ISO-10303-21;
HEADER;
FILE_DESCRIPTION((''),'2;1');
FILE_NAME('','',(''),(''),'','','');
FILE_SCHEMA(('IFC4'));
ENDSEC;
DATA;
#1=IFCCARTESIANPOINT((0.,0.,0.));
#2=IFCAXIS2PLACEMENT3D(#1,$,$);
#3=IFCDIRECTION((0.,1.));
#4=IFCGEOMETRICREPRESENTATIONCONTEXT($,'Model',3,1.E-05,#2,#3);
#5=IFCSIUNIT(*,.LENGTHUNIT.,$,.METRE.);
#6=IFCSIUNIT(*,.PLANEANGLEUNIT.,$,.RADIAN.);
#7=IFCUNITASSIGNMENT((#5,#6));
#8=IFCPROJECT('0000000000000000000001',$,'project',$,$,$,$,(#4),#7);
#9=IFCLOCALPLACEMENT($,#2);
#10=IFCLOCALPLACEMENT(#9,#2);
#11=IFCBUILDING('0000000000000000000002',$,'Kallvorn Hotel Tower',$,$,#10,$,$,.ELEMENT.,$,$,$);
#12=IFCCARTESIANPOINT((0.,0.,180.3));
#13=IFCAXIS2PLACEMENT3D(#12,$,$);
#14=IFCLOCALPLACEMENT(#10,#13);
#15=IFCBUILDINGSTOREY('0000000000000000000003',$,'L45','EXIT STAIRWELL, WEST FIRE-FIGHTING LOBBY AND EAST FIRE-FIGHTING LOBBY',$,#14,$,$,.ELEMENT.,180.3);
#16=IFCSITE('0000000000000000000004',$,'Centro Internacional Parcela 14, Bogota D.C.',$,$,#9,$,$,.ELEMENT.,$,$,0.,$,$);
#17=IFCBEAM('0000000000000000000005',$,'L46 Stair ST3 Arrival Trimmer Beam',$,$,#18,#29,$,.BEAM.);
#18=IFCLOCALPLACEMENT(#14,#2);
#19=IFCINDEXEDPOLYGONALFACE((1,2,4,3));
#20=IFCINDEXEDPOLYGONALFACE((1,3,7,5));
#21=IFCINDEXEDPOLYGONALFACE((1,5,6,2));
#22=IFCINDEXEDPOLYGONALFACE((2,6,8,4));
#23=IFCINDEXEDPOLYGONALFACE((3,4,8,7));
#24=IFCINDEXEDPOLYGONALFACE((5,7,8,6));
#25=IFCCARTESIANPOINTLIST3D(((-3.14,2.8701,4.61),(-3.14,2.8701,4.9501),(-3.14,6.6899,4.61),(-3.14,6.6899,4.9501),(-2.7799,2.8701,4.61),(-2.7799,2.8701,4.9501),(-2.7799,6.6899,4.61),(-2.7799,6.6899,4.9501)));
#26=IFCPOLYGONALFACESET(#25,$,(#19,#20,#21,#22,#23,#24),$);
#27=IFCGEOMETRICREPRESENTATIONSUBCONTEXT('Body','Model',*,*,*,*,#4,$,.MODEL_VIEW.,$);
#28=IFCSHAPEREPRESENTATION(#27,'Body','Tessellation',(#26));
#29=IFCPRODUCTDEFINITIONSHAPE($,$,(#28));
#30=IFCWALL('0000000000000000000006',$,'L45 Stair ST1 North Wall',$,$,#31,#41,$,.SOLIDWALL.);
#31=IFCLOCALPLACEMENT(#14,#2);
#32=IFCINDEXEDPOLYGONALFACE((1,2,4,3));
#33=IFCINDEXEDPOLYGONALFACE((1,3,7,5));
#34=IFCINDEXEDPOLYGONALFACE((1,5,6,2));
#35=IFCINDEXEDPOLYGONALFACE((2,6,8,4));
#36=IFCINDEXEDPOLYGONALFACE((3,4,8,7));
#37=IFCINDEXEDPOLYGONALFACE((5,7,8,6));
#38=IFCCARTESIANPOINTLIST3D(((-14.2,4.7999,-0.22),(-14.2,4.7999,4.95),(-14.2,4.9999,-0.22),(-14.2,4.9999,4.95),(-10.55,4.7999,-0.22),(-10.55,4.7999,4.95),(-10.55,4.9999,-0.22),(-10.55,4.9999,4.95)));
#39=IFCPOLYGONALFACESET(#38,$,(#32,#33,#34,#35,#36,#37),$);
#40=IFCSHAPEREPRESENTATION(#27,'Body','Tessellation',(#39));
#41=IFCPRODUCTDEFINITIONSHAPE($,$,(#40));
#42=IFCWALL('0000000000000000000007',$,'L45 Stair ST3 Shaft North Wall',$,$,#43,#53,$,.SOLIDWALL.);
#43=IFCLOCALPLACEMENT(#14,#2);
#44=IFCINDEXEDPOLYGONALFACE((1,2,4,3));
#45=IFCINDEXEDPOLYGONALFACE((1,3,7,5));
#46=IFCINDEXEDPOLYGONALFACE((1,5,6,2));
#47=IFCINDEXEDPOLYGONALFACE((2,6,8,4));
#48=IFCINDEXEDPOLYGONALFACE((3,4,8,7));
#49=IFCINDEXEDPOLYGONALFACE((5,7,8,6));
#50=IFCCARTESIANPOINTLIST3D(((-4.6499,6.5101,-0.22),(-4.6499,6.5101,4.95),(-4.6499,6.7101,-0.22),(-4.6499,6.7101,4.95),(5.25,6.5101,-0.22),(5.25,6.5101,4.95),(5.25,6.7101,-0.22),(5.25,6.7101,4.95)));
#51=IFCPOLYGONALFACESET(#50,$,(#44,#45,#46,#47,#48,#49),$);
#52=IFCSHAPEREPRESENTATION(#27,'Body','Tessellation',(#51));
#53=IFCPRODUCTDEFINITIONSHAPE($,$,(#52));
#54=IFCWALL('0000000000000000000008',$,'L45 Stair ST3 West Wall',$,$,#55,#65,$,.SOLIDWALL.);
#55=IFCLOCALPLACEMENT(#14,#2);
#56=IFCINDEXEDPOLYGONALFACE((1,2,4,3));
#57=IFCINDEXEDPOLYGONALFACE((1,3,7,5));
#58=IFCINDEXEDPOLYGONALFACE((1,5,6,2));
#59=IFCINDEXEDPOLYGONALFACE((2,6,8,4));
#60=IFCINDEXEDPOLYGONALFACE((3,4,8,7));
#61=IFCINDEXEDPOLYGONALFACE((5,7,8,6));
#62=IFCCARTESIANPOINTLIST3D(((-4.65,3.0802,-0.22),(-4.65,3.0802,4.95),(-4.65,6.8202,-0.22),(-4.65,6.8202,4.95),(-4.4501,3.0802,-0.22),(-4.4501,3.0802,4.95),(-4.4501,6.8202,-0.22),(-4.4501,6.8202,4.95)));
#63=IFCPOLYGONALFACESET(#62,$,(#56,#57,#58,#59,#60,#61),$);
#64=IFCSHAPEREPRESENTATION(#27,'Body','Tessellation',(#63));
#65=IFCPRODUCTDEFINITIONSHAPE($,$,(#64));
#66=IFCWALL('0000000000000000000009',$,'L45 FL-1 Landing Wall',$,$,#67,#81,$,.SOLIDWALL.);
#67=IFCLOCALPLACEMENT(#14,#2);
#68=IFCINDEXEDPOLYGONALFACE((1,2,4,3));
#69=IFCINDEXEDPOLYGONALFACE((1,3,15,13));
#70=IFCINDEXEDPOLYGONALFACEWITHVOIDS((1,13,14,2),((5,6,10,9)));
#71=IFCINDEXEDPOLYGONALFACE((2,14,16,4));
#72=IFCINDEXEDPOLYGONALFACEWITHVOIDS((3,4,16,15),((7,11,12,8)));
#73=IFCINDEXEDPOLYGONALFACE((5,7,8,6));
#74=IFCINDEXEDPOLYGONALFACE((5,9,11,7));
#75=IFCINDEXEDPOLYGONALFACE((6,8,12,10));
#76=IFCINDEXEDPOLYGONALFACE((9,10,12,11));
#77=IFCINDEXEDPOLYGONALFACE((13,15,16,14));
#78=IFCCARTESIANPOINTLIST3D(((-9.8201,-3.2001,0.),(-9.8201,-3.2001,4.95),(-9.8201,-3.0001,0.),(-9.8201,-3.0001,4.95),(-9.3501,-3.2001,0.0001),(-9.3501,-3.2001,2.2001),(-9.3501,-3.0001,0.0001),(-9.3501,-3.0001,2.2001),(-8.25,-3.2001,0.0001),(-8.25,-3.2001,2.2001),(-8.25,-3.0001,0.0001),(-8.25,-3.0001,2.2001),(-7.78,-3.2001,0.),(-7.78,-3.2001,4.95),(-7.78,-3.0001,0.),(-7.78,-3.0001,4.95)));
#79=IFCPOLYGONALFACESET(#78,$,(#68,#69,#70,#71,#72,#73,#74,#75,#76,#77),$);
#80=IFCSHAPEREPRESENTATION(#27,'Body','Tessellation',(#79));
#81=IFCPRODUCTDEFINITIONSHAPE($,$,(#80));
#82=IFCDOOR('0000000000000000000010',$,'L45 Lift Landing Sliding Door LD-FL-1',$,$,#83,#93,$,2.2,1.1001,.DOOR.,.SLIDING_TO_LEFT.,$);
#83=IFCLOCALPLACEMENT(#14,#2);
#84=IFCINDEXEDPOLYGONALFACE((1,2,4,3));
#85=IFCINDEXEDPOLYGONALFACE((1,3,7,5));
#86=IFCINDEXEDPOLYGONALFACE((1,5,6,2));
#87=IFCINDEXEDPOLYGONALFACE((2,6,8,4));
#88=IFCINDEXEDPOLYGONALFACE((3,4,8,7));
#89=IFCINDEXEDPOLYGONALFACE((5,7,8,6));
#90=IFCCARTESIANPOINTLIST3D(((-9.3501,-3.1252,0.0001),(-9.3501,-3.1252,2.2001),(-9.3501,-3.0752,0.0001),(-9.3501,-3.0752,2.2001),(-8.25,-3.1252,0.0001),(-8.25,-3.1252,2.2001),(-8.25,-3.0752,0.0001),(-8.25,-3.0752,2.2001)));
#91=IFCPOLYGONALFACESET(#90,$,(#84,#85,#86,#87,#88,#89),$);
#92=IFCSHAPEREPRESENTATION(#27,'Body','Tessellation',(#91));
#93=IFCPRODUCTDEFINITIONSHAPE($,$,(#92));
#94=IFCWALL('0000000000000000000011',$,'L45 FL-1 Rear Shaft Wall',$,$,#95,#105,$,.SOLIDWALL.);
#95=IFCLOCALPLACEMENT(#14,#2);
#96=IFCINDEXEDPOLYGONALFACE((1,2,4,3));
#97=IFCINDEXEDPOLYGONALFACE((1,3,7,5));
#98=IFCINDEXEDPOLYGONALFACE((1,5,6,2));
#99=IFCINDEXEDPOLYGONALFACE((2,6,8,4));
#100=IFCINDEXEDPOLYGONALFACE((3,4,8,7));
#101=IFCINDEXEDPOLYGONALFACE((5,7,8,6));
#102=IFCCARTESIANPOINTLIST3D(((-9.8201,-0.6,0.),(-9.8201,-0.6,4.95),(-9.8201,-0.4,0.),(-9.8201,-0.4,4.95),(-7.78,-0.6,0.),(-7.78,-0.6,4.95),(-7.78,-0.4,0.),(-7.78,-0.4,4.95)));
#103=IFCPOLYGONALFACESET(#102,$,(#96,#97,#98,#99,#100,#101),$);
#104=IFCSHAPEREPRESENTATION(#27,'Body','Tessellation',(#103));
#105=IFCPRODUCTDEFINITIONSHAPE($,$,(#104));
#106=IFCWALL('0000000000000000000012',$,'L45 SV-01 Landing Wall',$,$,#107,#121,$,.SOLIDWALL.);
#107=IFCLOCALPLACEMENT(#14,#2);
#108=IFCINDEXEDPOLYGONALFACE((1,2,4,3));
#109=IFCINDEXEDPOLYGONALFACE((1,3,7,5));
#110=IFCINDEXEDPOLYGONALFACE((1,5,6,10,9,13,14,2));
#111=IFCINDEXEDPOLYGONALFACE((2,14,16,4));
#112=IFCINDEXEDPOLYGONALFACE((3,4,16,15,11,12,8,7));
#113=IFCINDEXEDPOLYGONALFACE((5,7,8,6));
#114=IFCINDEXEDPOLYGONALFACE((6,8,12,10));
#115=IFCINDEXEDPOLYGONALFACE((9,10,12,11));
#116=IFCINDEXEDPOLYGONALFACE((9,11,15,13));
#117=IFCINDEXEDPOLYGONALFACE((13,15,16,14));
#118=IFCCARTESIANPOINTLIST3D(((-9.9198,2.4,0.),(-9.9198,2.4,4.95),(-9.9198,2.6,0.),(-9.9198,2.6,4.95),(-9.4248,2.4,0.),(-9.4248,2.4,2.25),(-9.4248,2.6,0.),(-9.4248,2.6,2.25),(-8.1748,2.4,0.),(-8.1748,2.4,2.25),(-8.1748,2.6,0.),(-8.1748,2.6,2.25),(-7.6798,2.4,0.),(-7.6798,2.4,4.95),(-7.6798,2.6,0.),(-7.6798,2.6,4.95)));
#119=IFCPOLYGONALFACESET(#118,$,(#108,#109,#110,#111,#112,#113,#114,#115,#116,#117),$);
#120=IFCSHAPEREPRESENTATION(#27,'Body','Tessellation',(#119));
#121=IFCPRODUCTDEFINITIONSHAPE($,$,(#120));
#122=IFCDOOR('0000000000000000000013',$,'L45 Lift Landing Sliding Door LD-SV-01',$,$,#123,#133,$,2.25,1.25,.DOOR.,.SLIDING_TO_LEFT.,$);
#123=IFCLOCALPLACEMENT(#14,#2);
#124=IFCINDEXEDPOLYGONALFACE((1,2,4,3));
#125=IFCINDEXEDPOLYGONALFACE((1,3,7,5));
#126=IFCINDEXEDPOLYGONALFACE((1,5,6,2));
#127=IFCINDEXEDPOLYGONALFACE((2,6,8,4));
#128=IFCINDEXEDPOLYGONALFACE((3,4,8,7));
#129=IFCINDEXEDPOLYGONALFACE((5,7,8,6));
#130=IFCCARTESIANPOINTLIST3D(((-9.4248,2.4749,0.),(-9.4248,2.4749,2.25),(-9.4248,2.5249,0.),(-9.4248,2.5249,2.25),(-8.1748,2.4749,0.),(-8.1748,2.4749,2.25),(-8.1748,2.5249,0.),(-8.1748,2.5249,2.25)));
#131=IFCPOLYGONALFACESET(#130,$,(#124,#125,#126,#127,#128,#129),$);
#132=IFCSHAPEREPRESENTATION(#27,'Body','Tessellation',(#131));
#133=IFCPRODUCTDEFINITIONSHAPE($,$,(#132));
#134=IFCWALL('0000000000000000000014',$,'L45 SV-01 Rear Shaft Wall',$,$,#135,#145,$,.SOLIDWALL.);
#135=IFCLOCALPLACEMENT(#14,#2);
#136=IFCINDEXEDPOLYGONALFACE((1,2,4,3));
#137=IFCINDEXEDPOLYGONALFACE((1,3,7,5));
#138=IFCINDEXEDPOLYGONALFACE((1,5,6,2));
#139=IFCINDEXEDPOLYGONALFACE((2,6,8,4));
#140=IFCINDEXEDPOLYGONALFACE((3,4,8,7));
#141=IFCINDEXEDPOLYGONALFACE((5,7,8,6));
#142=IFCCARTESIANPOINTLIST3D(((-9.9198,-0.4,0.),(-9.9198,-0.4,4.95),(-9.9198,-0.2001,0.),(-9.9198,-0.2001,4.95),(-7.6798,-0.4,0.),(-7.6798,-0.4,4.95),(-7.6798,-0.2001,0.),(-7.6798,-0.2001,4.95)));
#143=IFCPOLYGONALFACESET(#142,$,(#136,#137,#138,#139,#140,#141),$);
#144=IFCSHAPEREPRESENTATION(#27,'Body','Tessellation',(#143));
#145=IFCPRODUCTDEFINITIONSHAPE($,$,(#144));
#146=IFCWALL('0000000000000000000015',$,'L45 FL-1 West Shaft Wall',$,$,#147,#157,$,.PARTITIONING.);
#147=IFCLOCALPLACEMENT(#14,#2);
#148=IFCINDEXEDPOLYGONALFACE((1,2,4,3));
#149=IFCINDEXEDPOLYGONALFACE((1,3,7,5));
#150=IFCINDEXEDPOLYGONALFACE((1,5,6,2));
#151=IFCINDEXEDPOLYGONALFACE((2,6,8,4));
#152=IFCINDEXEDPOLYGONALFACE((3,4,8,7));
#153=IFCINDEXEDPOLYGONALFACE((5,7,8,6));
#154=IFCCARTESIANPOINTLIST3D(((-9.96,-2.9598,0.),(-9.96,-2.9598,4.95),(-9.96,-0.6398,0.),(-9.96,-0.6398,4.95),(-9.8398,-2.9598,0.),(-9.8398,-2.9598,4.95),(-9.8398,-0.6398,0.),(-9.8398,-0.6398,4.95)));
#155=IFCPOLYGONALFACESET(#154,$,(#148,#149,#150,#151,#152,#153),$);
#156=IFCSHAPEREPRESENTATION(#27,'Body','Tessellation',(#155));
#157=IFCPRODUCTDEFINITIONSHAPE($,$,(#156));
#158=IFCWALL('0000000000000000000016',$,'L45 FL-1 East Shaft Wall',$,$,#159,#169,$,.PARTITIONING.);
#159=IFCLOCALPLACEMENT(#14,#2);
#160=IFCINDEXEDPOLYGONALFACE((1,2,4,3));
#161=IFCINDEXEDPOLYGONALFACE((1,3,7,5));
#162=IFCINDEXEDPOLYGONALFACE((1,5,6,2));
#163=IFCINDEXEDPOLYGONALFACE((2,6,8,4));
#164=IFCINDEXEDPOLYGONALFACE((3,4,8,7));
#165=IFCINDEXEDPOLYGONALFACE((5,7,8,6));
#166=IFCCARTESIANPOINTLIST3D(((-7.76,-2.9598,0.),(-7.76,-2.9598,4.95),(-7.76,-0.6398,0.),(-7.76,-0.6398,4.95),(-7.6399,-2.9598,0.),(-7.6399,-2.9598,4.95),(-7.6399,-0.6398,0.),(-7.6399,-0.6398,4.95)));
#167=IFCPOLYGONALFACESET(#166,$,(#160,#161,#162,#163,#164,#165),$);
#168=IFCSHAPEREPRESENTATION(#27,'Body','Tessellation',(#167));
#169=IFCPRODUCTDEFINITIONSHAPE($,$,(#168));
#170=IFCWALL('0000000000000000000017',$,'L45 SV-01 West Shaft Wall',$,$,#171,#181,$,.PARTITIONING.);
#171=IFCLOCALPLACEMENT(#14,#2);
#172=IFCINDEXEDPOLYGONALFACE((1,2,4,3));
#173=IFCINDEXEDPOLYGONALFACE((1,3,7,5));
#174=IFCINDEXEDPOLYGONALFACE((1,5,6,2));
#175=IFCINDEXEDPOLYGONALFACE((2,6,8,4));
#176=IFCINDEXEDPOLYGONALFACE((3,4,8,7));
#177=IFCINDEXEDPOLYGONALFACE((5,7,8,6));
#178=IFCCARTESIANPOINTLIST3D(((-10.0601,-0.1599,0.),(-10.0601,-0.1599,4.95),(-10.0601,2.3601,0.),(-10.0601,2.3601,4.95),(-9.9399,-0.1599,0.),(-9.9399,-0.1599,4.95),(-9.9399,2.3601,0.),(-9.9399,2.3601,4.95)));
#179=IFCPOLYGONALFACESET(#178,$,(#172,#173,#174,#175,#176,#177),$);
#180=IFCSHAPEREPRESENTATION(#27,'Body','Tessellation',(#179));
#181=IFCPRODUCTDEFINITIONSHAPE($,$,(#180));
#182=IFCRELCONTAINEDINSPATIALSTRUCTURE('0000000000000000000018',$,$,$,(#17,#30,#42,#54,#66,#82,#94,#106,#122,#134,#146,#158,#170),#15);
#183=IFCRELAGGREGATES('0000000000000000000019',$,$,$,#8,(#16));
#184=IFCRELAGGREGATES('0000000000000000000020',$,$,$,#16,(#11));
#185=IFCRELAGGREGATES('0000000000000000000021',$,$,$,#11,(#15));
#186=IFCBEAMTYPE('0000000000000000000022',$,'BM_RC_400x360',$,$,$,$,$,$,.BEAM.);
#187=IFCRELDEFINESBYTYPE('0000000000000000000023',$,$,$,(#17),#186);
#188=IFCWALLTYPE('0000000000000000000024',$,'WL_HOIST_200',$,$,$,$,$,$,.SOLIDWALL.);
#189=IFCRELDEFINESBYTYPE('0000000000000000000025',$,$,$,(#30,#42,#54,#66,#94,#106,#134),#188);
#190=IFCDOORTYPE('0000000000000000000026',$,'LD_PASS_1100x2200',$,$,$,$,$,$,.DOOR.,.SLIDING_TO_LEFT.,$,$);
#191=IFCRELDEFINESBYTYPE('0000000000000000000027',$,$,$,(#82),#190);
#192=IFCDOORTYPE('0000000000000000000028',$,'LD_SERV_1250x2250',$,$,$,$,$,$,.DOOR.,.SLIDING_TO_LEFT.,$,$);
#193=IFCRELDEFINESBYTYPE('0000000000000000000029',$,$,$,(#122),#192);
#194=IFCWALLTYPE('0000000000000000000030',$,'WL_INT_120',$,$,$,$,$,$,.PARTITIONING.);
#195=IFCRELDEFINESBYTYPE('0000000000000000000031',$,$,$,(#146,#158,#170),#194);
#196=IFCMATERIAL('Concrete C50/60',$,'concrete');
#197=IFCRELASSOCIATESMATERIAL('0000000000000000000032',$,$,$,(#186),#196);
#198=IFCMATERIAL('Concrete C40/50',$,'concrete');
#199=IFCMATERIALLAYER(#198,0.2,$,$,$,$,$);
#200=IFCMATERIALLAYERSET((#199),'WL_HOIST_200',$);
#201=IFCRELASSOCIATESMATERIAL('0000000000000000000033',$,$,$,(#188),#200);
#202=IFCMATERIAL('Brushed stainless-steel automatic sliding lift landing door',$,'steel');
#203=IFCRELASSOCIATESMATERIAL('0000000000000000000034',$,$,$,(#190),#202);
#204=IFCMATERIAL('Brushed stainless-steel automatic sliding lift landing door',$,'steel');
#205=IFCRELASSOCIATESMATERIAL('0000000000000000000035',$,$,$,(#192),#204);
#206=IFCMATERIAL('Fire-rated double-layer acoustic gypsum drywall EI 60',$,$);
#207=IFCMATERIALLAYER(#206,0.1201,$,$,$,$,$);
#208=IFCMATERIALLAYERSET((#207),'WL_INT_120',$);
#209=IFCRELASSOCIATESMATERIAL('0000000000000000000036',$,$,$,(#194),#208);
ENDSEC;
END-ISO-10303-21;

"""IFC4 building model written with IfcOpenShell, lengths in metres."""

from ifc_helpers import new_model, si_unit, direction, frame, frame_2d, origin, origin_2d, place, context, subcontext, project, spatial, rectangle, extrude, material, layer, layer_set, material_profile, profile_set, type_object, element, fill, save


model = new_model("IFC4")

# Units and contexts
model_context = context("Model", 3, precision=1e-05, world=origin(), true_north=direction((0.0, 1.0)))
body_context = subcontext(model_context, "Body", "Model", "MODEL_VIEW")
ifc_project = project(units=[si_unit("LENGTHUNIT", "METRE"), si_unit("PLANEANGLEUNIT", "RADIAN")], contexts=[model_context])

# Site, building, storey
site_placement = place(None, origin())
site = spatial("IfcSite", under=ifc_project, at=site_placement, Name="Centro Internacional Parcela 14, Bogota D.C.", CompositionType="ELEMENT", RefElevation=0.0)
building_placement = place(site_placement, origin())
building = spatial("IfcBuilding", under=site, at=building_placement, Name="Kallvorn Hotel Tower", CompositionType="ELEMENT")
storey_placement = place(building_placement, frame((0.0, 0.0, 180.3)))
storey = spatial("IfcBuildingStorey", under=building, at=storey_placement, Name="L45", Description="EXIT STAIRWELL, WEST FIRE-FIGHTING LOBBY AND EAST FIRE-FIGHTING LOBBY", CompositionType="ELEMENT", Elevation=180.3)

# Beam
ifc_material_1 = material(Name="Concrete C50/60", Category="concrete")
ifc_material_profile = material_profile(ifc_material_1, rectangle(XDim=0.3601, YDim=0.3401, at=origin_2d()), Name="RC 360x340")
ifc_profile_set = profile_set([ifc_material_profile], Name="Concrete C50/60")
beam_type = type_object("IfcBeamType", Name="BM_RC_400x360", PredefinedType="BEAM", material=ifc_profile_set)
beam_placement = place(storey_placement, frame((-2.96, 2.8701, 4.78), z_axis=(0.0, 1.0, 0.0), x_axis=(-1.0, 0.0, 0.0)))
element("IfcBeam", 1, at=beam_placement, inside=storey, type_object=beam_type, Name="L46 Stair ST3 Arrival Trimmer Beam", PredefinedType="BEAM", context=body_context, shape_type="SweptSolid", body=[
    extrude(rectangle(XDim=0.3601, YDim=0.3401, at=origin_2d()), origin(), (0.0, 0.0, 1.0), 3.8198),
])

# Walls
ifc_material_2 = material(Name="Concrete C40/50", Category="concrete")
ifc_layer_1 = layer(ifc_material_2, 0.2)
ifc_layer_set_1 = layer_set([ifc_layer_1], Name="WL_HOIST_200")
wall_type_1 = type_object("IfcWallType", Name="WL_HOIST_200", PredefinedType="SOLIDWALL", material=ifc_layer_set_1)
wall_1_placement = place(storey_placement, frame((-14.2, 4.8999, -0.22), z_axis=(0.0, 0.0, 1.0), x_axis=(1.0, 0.0, 0.0)))
element("IfcWall", 2, at=wall_1_placement, inside=storey, type_object=wall_type_1, Name="L45 Stair ST1 North Wall", PredefinedType="SOLIDWALL", context=body_context, shape_type="SweptSolid", body=[
    extrude(rectangle(XDim=3.6499, YDim=0.2, at=frame_2d((1.825, 0.0))), origin(), (0.0, 0.0, 1.0), 5.1699),
])
wall_2_placement = place(storey_placement, frame((-4.6499, 6.6101, -0.22), z_axis=(0.0, 0.0, 1.0), x_axis=(1.0, 0.0, 0.0)))
element("IfcWall", 3, at=wall_2_placement, inside=storey, type_object=wall_type_1, Name="L45 Stair ST3 Shaft North Wall", PredefinedType="SOLIDWALL", context=body_context, shape_type="SweptSolid", body=[
    extrude(rectangle(XDim=9.8999, YDim=0.2, at=frame_2d((4.95, 0.0))), origin(), (0.0, 0.0, 1.0), 5.1699),
])
wall_3_placement = place(storey_placement, frame((-4.55, 3.0801, -0.22), z_axis=(0.0, 0.0, 1.0), x_axis=(0.0, 1.0, 0.0)))
element("IfcWall", 4, at=wall_3_placement, inside=storey, type_object=wall_type_1, Name="L45 Stair ST3 West Wall", PredefinedType="SOLIDWALL", context=body_context, shape_type="SweptSolid", body=[
    extrude(rectangle(XDim=3.74, YDim=0.2, at=frame_2d((1.8701, 0.0))), origin(), (0.0, 0.0, 1.0), 5.1699),
])

# Wall, opening, door
wall_4_placement = place(storey_placement, frame((-9.8201, -3.1001, 0.0), z_axis=(0.0, 0.0, 1.0), x_axis=(1.0, 0.0, 0.0)))
wall_4 = element("IfcWall", 5, at=wall_4_placement, inside=storey, type_object=wall_type_1, Name="L45 FL-1 Landing Wall", PredefinedType="SOLIDWALL", context=body_context, shape_type="SweptSolid", body=[
    extrude(rectangle(XDim=2.04, YDim=0.2, at=frame_2d((1.02, 0.0))), origin(), (0.0, 0.0, 1.0), 4.95),
])
opening_1_placement = place(wall_4_placement, frame((0.47, 0.0, 0.0)))
opening_1 = element("IfcOpeningElement", 6, at=opening_1_placement, cuts=wall_4, PredefinedType="OPENING", context=body_context, shape_type="SweptSolid", body=[
    extrude(rectangle(XDim=1.1001, YDim=2.2, at=frame_2d((0.55, 1.1001))), frame((0.0, 0.115, 0.0), z_axis=(0.0, -1.0, 0.0), x_axis=(1.0, 0.0, 0.0)), (0.0, 0.0, 1.0), 0.23),
])
ifc_material_3 = material(Name="Brushed stainless-steel automatic sliding lift landing door", Category="steel")
door_type_1 = type_object("IfcDoorType", Name="LD_PASS_1100x2200", OperationType="SLIDING_TO_LEFT", PredefinedType="DOOR", material=ifc_material_3)
door_1_placement = place(opening_1_placement, origin())
door_1 = element("IfcDoor", 7, at=door_1_placement, inside=storey, type_object=door_type_1, Name="L45 Lift Landing Sliding Door LD-FL-1", OperationType="SLIDING_TO_LEFT", OverallHeight=2.2, OverallWidth=1.1001, PredefinedType="DOOR", context=body_context, shape_type="SweptSolid", body=[
    extrude(rectangle(XDim=1.1001, YDim=2.2, at=frame_2d((0.55, 1.1001))), frame((0.0, 0.0249, 0.0), z_axis=(0.0, -1.0, 0.0), x_axis=(1.0, 0.0, 0.0)), (0.0, 0.0, 1.0), 0.05),
])
fill(opening_1, door_1)

# Wall
wall_5_placement = place(storey_placement, frame((-9.8201, -0.5, 0.0), z_axis=(0.0, 0.0, 1.0), x_axis=(1.0, 0.0, 0.0)))
element("IfcWall", 8, at=wall_5_placement, inside=storey, type_object=wall_type_1, Name="L45 FL-1 Rear Shaft Wall", PredefinedType="SOLIDWALL", context=body_context, shape_type="SweptSolid", body=[
    extrude(rectangle(XDim=2.04, YDim=0.2, at=frame_2d((1.02, 0.0))), origin(), (0.0, 0.0, 1.0), 4.95),
])

# Wall, opening, door
wall_6_placement = place(storey_placement, frame((-9.9199, 2.5, 0.0), z_axis=(0.0, 0.0, 1.0), x_axis=(1.0, 0.0, 0.0)))
wall_6 = element("IfcWall", 9, at=wall_6_placement, inside=storey, type_object=wall_type_1, Name="L45 SV-01 Landing Wall", PredefinedType="SOLIDWALL", context=body_context, shape_type="SweptSolid", body=[
    extrude(rectangle(XDim=2.24, YDim=0.2, at=frame_2d((1.1201, 0.0))), origin(), (0.0, 0.0, 1.0), 4.95),
])
opening_2_placement = place(wall_6_placement, frame((0.4951, 0.0, 0.0)))
opening_2 = element("IfcOpeningElement", 10, at=opening_2_placement, cuts=wall_6, PredefinedType="OPENING", context=body_context, shape_type="SweptSolid", body=[
    extrude(rectangle(XDim=1.25, YDim=2.25, at=frame_2d((0.625, 1.125))), frame((0.0, 0.115, 0.0), z_axis=(0.0, -1.0, 0.0), x_axis=(1.0, 0.0, 0.0)), (0.0, 0.0, 1.0), 0.23),
])
ifc_material_4 = material(Name="Brushed stainless-steel automatic sliding lift landing door", Category="steel")
door_type_2 = type_object("IfcDoorType", Name="LD_SERV_1250x2250", OperationType="SLIDING_TO_LEFT", PredefinedType="DOOR", material=ifc_material_4)
door_2_placement = place(opening_2_placement, origin())
door_2 = element("IfcDoor", 11, at=door_2_placement, inside=storey, type_object=door_type_2, Name="L45 Lift Landing Sliding Door LD-SV-01", OperationType="SLIDING_TO_LEFT", OverallHeight=2.25, OverallWidth=1.25, PredefinedType="DOOR", context=body_context, shape_type="SweptSolid", body=[
    extrude(rectangle(XDim=1.25, YDim=2.25, at=frame_2d((0.625, 1.125))), frame((0.0, 0.0249, 0.0), z_axis=(0.0, -1.0, 0.0), x_axis=(1.0, 0.0, 0.0)), (0.0, 0.0, 1.0), 0.05),
])
fill(opening_2, door_2)

# Walls
wall_7_placement = place(storey_placement, frame((-9.9199, -0.3, 0.0), z_axis=(0.0, 0.0, 1.0), x_axis=(1.0, 0.0, 0.0)))
element("IfcWall", 12, at=wall_7_placement, inside=storey, type_object=wall_type_1, Name="L45 SV-01 Rear Shaft Wall", PredefinedType="SOLIDWALL", context=body_context, shape_type="SweptSolid", body=[
    extrude(rectangle(XDim=2.24, YDim=0.2, at=frame_2d((1.1201, 0.0))), origin(), (0.0, 0.0, 1.0), 4.95),
])
ifc_material_5 = material(Name="Fire-rated double-layer acoustic gypsum drywall EI 60")
ifc_layer_2 = layer(ifc_material_5, 0.1201)
ifc_layer_set_2 = layer_set([ifc_layer_2], Name="WL_INT_120")
wall_type_2 = type_object("IfcWallType", Name="WL_INT_120", PredefinedType="PARTITIONING", material=ifc_layer_set_2)
for number, where, z_axis, x_axis, name in (
    (13, (-9.8999, -2.96, 0.0), (0.0, 0.0, 1.0), (0.0, 1.0, 0.0), "L45 FL-1 West Shaft Wall"),
    (14, (-7.7, -2.96, 0.0), (0.0, 0.0, 1.0), (0.0, 1.0, 0.0), "L45 FL-1 East Shaft Wall"),
):
    element("IfcWall", number, at=place(storey_placement, frame(where, z_axis=z_axis, x_axis=x_axis)), inside=storey, type_object=wall_type_2, Name=name, PredefinedType="PARTITIONING", context=body_context, shape_type="SweptSolid", body=[
        extrude(rectangle(XDim=2.3201, YDim=0.1201, at=frame_2d((1.1602, 0.0))), origin(), (0.0, 0.0, 1.0), 4.95),
    ])
for number, where, z_axis, x_axis, name in (
    (15, (-10.0, -0.1599, 0.0), (0.0, 0.0, 1.0), (0.0, 1.0, 0.0), "L45 SV-01 West Shaft Wall"),
):
    element("IfcWall", number, at=place(storey_placement, frame(where, z_axis=z_axis, x_axis=x_axis)), inside=storey, type_object=wall_type_2, Name=name, PredefinedType="PARTITIONING", context=body_context, shape_type="SweptSolid", body=[
        extrude(rectangle(XDim=2.52, YDim=0.1201, at=frame_2d((1.26, 0.0))), origin(), (0.0, 0.0, 1.0), 4.95),
    ])

save(model, "model.ifc")
